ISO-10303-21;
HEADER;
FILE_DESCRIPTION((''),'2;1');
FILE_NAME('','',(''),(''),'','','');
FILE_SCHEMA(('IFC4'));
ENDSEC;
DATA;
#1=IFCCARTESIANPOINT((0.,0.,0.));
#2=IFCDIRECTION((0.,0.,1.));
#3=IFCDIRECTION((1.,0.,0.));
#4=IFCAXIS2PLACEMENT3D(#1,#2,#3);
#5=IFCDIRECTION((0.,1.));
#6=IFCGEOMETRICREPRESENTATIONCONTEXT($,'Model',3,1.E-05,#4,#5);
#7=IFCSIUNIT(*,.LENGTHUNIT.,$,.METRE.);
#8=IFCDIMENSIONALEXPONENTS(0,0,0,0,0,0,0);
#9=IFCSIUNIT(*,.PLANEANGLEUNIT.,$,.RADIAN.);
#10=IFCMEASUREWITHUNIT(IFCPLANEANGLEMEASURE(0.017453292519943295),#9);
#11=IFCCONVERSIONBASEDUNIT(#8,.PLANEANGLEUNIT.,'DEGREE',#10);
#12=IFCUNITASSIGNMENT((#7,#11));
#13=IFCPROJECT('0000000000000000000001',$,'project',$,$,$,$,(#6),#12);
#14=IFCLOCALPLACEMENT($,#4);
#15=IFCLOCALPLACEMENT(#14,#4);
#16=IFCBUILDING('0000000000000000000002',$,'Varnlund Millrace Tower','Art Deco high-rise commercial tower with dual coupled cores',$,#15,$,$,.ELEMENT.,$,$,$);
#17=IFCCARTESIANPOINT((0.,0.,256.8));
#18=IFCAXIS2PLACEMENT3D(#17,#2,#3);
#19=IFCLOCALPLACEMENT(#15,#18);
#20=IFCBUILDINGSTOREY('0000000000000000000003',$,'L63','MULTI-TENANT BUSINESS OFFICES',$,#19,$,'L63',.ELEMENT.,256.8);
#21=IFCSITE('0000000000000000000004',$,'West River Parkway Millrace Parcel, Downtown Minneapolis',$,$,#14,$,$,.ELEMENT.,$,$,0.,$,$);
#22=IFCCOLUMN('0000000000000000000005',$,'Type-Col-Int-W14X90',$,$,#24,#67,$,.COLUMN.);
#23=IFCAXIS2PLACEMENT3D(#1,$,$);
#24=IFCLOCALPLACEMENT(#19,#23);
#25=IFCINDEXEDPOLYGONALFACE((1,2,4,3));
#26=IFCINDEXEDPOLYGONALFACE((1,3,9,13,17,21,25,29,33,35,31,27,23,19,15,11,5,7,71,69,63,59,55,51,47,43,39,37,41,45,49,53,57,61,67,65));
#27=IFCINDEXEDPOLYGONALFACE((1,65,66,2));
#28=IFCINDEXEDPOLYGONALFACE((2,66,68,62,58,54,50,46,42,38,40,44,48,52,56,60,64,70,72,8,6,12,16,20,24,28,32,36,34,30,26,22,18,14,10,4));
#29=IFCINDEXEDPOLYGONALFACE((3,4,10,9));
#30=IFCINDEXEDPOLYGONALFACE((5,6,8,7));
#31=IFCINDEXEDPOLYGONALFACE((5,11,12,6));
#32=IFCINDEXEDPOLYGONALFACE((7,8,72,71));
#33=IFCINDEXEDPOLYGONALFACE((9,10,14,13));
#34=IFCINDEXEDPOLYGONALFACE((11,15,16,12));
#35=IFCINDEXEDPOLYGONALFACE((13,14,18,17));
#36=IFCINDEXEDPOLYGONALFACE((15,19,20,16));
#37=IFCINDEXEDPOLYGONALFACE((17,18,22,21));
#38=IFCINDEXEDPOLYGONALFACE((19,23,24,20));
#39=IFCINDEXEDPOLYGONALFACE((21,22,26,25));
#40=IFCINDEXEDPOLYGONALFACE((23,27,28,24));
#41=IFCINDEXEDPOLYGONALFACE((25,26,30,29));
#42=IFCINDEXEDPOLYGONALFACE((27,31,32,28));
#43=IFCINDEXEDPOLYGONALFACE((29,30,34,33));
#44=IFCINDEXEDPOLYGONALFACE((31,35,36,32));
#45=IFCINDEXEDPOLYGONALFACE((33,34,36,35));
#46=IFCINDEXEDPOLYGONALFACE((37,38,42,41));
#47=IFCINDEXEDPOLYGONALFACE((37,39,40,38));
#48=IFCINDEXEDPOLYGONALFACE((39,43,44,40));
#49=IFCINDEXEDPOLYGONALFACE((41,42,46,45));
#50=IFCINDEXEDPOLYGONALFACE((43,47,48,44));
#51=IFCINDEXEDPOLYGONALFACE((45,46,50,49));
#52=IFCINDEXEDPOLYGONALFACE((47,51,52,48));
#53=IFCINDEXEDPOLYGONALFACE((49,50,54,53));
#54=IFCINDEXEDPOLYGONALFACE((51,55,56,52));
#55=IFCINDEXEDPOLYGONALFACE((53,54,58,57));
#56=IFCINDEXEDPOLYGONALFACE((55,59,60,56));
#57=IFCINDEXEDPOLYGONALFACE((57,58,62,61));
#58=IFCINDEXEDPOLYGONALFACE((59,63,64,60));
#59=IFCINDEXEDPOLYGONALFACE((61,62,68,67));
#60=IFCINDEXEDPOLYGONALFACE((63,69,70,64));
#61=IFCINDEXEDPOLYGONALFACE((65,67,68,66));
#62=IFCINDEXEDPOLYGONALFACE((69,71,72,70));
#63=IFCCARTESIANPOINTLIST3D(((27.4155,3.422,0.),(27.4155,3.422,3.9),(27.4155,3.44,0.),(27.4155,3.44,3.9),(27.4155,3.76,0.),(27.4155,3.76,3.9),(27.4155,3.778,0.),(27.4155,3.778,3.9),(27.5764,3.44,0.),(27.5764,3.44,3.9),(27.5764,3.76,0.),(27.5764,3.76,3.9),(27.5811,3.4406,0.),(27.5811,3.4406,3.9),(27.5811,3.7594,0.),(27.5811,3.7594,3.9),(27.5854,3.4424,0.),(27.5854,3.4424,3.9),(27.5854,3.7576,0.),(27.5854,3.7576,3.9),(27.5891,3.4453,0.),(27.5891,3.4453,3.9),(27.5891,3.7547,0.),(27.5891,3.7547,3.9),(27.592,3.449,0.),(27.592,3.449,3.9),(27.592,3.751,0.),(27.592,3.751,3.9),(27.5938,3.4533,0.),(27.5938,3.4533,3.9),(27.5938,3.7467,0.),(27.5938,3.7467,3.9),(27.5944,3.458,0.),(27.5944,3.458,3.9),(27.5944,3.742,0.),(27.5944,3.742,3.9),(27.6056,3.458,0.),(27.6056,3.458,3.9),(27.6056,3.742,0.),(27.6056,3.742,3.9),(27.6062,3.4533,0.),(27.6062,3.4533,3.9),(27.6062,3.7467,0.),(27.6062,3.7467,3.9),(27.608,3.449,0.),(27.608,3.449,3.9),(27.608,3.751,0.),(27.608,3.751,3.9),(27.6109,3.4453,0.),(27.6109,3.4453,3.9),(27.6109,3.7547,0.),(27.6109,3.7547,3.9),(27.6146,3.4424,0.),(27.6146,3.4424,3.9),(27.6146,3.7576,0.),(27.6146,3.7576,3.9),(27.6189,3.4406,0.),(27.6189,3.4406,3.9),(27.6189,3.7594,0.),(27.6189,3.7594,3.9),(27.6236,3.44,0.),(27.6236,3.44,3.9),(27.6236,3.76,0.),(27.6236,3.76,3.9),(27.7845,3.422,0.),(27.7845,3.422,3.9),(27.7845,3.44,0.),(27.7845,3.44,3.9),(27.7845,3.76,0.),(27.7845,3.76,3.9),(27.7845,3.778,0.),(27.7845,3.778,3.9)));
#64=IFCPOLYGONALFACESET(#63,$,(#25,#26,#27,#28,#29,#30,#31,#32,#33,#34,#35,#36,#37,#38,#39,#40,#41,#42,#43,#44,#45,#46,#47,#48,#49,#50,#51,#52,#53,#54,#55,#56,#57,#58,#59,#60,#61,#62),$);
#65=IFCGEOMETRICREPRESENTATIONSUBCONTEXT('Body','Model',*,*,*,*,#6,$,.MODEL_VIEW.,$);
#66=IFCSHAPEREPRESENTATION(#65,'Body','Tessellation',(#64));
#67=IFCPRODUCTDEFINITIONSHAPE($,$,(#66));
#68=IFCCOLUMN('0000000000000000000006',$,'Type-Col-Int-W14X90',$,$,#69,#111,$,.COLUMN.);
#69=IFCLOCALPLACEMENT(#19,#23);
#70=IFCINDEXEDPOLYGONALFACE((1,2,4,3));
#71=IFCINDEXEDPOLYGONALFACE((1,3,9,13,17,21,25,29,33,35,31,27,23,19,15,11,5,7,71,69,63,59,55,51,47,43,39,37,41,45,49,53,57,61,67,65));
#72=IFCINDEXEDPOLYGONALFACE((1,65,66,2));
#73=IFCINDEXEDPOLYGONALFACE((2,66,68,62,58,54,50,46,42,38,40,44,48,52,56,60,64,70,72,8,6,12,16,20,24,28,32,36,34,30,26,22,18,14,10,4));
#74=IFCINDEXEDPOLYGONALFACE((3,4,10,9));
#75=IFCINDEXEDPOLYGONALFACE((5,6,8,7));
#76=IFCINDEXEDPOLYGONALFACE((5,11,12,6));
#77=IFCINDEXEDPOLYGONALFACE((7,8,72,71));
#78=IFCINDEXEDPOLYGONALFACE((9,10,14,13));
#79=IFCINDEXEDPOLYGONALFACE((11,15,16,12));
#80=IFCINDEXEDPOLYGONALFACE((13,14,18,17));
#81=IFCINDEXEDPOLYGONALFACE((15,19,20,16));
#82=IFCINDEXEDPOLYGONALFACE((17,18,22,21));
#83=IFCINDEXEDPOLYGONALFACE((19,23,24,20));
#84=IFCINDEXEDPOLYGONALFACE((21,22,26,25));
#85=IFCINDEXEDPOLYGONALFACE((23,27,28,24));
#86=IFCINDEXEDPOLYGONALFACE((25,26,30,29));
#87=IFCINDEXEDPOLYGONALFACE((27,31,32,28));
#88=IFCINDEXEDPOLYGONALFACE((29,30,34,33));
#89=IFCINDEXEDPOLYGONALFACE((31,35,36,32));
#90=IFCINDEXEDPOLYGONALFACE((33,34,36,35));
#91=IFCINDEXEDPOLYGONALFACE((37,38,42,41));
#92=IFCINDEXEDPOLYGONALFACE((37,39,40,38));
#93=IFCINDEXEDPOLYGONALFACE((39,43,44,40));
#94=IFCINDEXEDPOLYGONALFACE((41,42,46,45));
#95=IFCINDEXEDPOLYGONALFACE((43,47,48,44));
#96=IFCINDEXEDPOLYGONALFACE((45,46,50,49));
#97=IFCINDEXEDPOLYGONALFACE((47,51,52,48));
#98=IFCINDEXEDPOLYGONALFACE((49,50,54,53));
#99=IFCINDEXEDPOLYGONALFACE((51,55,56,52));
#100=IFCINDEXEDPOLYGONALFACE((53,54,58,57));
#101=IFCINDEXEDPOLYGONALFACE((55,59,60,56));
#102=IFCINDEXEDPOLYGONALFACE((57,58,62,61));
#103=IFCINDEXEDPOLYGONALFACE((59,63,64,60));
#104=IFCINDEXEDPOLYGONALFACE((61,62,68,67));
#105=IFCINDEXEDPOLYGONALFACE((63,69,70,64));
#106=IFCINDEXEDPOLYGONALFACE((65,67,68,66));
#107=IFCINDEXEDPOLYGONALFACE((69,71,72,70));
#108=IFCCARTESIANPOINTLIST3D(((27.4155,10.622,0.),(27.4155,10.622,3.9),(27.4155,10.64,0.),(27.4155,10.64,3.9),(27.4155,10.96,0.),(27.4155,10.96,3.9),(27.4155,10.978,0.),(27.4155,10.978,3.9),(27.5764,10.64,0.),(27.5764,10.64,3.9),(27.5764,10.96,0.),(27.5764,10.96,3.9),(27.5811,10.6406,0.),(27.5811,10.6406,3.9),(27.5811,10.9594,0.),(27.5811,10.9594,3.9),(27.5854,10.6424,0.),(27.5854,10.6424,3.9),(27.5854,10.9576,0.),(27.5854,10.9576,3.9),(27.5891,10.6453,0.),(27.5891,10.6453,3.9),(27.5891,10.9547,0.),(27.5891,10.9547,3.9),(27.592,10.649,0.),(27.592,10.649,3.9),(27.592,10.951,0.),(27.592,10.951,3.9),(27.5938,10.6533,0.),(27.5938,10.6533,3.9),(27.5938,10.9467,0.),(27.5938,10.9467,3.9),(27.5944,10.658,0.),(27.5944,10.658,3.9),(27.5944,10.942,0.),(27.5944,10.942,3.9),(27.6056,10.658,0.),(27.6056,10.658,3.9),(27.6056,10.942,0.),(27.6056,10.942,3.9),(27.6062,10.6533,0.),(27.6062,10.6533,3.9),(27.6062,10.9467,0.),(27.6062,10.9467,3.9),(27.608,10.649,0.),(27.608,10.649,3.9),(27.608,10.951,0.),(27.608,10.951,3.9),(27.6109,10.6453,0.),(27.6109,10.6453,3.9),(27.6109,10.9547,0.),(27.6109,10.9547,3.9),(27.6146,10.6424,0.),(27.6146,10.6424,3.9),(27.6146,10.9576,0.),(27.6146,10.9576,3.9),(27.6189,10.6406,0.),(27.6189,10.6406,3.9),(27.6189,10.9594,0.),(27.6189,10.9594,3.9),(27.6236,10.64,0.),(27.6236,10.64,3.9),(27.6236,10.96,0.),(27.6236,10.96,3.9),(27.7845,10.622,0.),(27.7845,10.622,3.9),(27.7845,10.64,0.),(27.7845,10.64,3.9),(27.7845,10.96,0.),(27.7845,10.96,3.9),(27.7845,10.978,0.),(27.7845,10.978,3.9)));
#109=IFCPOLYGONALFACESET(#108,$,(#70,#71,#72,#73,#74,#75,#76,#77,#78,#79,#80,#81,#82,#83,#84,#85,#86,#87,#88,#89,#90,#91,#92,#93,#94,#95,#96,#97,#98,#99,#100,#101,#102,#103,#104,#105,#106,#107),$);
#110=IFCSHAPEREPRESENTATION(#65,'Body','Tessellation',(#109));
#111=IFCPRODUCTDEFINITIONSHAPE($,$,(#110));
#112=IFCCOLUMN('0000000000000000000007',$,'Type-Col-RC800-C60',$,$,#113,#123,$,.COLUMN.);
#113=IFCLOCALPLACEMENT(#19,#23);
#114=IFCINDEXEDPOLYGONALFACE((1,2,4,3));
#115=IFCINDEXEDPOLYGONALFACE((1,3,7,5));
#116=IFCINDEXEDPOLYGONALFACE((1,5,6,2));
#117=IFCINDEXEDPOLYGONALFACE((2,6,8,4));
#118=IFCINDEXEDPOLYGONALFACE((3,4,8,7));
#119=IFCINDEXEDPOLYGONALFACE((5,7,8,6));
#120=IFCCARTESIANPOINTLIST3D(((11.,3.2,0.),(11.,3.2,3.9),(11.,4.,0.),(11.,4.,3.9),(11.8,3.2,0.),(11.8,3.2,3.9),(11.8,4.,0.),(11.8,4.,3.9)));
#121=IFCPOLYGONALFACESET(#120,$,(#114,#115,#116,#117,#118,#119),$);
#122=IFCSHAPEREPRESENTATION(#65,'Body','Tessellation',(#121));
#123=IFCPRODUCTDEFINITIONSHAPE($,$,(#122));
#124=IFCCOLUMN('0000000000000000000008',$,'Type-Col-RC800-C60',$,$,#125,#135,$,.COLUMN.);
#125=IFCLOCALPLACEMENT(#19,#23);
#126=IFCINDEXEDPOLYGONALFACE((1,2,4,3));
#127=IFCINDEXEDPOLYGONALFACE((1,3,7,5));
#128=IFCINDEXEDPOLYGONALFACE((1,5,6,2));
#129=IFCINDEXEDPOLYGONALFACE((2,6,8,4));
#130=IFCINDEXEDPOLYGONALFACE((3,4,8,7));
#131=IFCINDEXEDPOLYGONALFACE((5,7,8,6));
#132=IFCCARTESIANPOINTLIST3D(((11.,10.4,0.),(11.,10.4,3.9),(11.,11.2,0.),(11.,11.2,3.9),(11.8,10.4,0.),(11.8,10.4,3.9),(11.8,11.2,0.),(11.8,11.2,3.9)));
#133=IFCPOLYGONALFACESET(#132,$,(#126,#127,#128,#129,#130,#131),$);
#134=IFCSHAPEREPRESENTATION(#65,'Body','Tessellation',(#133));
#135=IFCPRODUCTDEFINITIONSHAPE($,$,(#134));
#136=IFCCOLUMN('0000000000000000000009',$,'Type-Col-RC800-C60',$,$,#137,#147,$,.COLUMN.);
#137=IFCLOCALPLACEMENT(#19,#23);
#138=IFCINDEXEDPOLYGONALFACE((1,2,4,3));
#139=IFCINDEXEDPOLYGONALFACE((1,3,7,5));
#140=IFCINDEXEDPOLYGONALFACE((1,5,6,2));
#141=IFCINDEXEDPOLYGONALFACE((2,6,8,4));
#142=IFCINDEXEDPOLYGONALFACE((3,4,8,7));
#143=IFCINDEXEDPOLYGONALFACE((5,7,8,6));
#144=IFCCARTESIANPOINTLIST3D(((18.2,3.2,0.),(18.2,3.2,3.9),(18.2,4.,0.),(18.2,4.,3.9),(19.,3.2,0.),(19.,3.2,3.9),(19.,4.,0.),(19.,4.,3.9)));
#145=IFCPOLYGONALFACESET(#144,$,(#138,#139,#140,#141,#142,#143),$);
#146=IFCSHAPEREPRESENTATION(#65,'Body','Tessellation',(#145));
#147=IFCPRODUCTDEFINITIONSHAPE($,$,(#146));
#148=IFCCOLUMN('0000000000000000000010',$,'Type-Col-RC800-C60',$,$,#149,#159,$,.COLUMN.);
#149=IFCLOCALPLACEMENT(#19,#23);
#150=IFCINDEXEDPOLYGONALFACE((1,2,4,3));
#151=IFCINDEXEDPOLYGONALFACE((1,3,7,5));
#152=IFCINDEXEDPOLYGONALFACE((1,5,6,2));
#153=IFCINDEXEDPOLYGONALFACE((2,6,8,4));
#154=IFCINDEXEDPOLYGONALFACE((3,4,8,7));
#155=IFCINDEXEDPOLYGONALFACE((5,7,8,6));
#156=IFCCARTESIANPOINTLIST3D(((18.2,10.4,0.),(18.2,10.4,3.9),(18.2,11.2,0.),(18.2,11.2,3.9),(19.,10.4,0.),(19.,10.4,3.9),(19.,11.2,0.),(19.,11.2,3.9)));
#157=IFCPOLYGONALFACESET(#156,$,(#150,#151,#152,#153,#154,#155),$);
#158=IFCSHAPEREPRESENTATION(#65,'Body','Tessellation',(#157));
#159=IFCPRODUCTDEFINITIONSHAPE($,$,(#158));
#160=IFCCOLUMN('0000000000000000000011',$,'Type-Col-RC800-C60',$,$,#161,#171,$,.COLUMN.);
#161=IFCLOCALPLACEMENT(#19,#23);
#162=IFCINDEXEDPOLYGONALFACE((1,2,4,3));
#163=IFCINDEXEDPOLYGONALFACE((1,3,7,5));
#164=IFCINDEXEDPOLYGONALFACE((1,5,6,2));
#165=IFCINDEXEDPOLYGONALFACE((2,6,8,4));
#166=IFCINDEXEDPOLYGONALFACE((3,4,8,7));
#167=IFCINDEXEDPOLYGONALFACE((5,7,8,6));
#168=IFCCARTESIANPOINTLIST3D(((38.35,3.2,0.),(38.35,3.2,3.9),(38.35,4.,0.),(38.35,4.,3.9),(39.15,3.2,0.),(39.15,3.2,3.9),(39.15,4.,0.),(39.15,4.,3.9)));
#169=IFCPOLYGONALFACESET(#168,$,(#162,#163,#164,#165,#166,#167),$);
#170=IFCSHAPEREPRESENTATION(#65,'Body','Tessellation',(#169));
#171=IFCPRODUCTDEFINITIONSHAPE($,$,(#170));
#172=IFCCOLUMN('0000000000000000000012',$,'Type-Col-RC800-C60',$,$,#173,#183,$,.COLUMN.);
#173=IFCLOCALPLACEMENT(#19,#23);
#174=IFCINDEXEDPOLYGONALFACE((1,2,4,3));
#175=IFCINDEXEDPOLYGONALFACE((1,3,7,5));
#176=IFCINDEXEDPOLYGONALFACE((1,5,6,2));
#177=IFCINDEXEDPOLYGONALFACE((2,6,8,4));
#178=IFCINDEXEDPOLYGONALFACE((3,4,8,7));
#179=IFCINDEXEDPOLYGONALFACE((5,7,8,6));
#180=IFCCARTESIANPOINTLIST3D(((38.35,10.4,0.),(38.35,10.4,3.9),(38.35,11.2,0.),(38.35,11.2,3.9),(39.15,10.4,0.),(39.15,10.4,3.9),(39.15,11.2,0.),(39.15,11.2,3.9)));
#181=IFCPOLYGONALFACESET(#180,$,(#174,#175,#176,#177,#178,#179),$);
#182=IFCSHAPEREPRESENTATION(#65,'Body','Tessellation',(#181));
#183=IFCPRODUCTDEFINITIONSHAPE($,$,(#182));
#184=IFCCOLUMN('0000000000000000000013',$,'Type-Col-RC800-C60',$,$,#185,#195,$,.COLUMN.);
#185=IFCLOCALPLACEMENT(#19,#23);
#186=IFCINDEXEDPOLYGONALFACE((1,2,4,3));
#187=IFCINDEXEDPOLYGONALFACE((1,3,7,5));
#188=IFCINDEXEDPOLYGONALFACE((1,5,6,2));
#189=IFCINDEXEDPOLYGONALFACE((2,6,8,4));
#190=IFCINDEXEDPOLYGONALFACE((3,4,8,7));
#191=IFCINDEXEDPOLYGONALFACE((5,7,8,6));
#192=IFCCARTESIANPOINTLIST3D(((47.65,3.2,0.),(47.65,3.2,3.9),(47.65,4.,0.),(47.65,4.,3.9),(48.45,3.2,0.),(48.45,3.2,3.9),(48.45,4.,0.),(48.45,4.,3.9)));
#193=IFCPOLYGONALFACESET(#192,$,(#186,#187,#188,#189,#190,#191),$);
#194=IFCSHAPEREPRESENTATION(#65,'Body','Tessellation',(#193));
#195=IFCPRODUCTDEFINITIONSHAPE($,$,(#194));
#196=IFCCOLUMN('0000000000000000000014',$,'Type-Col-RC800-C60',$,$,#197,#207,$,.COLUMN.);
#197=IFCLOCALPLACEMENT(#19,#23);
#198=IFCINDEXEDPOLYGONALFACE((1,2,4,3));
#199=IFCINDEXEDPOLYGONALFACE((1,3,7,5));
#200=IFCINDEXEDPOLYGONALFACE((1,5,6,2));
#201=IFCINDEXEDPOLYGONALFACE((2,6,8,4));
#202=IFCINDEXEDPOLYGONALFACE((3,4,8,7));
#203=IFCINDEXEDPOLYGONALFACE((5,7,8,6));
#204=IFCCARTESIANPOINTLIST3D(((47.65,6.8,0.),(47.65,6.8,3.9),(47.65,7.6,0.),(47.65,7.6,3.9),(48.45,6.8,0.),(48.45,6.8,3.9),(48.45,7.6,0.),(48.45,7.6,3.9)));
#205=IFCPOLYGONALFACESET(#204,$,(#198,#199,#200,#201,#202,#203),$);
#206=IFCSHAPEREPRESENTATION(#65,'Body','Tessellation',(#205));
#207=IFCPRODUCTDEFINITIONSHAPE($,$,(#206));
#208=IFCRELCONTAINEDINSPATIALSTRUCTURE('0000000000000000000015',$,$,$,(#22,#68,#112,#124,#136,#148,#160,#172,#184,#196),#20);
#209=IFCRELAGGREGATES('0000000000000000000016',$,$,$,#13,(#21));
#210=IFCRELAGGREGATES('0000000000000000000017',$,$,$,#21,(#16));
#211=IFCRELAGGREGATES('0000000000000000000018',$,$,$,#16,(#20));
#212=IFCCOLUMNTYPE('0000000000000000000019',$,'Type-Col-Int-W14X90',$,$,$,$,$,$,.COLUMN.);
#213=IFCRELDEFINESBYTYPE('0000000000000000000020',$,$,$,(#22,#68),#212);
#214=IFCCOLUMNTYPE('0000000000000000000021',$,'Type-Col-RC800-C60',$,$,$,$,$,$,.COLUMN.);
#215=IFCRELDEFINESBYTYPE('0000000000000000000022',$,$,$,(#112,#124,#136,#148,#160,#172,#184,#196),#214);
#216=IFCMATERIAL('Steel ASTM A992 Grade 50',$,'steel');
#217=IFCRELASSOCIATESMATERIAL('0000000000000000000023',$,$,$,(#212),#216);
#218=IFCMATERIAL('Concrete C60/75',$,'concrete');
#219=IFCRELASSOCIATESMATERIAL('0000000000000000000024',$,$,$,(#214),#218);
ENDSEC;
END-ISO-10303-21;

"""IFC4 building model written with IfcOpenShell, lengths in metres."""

from ifc_helpers import new_model, entity, si_unit, converted_unit, direction, frame, origin_with_axes, origin_2d_with_axis, place, context, subcontext, project, spatial, rectangle, i_section, extrude, material, material_profile, profile_set, type_object, element, save


model = new_model("IFC4")

# Units and contexts
model_context = context("Model", 3, precision=1e-05, world=origin_with_axes(), true_north=direction((0.0, 1.0)))
body_context = subcontext(model_context, "Body", "Model", "MODEL_VIEW")
ifc_project = project(units=[si_unit("LENGTHUNIT", "METRE"), converted_unit("PLANEANGLEUNIT", "DEGREE", entity("IfcPlaneAngleMeasure", 0.017453292519943295), si_unit("PLANEANGLEUNIT", "RADIAN"), dimensions=[0, 0, 0, 0, 0, 0, 0])], contexts=[model_context])

# Site, building, storey
site_placement = place(None, origin_with_axes())
site = spatial("IfcSite", under=ifc_project, at=site_placement, Name="West River Parkway Millrace Parcel, Downtown Minneapolis", CompositionType="ELEMENT", RefElevation=0.0)
building_placement = place(site_placement, origin_with_axes())
building = spatial("IfcBuilding", under=site, at=building_placement, Name="Varnlund Millrace Tower", Description="Art Deco high-rise commercial tower with dual coupled cores", CompositionType="ELEMENT")
storey_placement = place(building_placement, frame((0.0, 0.0, 256.8), z_axis=(0.0, 0.0, 1.0), x_axis=(1.0, 0.0, 0.0)))
storey = spatial("IfcBuildingStorey", under=building, at=storey_placement, Name="L63", Description="MULTI-TENANT BUSINESS OFFICES", LongName="L63", CompositionType="ELEMENT", Elevation=256.8)

# Columns
ifc_material_1 = material(Name="Steel ASTM A992 Grade 50", Category="steel")
ifc_material_profile_1 = material_profile(ifc_material_1, i_section(OverallWidth=0.369, OverallDepth=0.356, WebThickness=0.0112, FlangeThickness=0.018, FilletRadius=0.018, at=origin_2d_with_axis()), Name="Steel ASTM A992 Grade 50")
ifc_profile_set_1 = profile_set([ifc_material_profile_1], Name="Steel ASTM A992 Grade 50")
column_type_1 = type_object("IfcColumnType", Name="Type-Col-Int-W14X90", PredefinedType="COLUMN", material=ifc_profile_set_1)
for number, where, z_axis, x_axis, name in (
    (1, (27.6, 3.6, 0.0), (0.0, 0.0, 1.0), (1.0, 0.0, 0.0), "Type-Col-Int-W14X90"),
    (2, (27.6, 10.8, 0.0), (0.0, 0.0, 1.0), (1.0, 0.0, 0.0), "Type-Col-Int-W14X90"),
):
    element("IfcColumn", number, at=place(storey_placement, frame(where, z_axis=z_axis, x_axis=x_axis)), inside=storey, type_object=column_type_1, Name=name, PredefinedType="COLUMN", context=body_context, shape_type="SweptSolid", body=[
        extrude(i_section(OverallWidth=0.369, OverallDepth=0.356, WebThickness=0.0112, FlangeThickness=0.018, FilletRadius=0.018, at=origin_2d_with_axis()), origin_with_axes(), (0.0, 0.0, 1.0), 3.9),
    ])
ifc_material_2 = material(Name="Concrete C60/75", Category="concrete")
ifc_material_profile_2 = material_profile(ifc_material_2, rectangle(XDim=0.8, YDim=0.8, at=origin_2d_with_axis()), Name="Concrete C60/75")
ifc_profile_set_2 = profile_set([ifc_material_profile_2], Name="Concrete C60/75")
column_type_2 = type_object("IfcColumnType", Name="Type-Col-RC800-C60", PredefinedType="COLUMN", material=ifc_profile_set_2)
for number, where, z_axis, x_axis, name in (
    (3, (11.4, 3.6, 0.0), (0.0, 0.0, 1.0), (1.0, 0.0, 0.0), "Type-Col-RC800-C60"),
    (4, (11.4, 10.8, 0.0), (0.0, 0.0, 1.0), (1.0, 0.0, 0.0), "Type-Col-RC800-C60"),
    (5, (18.6, 3.6, 0.0), (0.0, 0.0, 1.0), (1.0, 0.0, 0.0), "Type-Col-RC800-C60"),
    (6, (18.6, 10.8, 0.0), (0.0, 0.0, 1.0), (1.0, 0.0, 0.0), "Type-Col-RC800-C60"),
    (7, (38.75, 3.6, 0.0), (0.0, 0.0, 1.0), (1.0, 0.0, 0.0), "Type-Col-RC800-C60"),
    (8, (38.75, 10.8, 0.0), (0.0, 0.0, 1.0), (1.0, 0.0, 0.0), "Type-Col-RC800-C60"),
    (9, (48.05, 3.6, 0.0), (0.0, 0.0, 1.0), (1.0, 0.0, 0.0), "Type-Col-RC800-C60"),
    (10, (48.05, 7.2, 0.0), (0.0, 0.0, 1.0), (1.0, 0.0, 0.0), "Type-Col-RC800-C60"),
):
    element("IfcColumn", number, at=place(storey_placement, frame(where, z_axis=z_axis, x_axis=x_axis)), inside=storey, type_object=column_type_2, Name=name, PredefinedType="COLUMN", context=body_context, shape_type="SweptSolid", body=[
        extrude(rectangle(XDim=0.8, YDim=0.8, at=origin_2d_with_axis()), origin_with_axes(), (0.0, 0.0, 1.0), 3.9),
    ])

save(model, "model.ifc")
